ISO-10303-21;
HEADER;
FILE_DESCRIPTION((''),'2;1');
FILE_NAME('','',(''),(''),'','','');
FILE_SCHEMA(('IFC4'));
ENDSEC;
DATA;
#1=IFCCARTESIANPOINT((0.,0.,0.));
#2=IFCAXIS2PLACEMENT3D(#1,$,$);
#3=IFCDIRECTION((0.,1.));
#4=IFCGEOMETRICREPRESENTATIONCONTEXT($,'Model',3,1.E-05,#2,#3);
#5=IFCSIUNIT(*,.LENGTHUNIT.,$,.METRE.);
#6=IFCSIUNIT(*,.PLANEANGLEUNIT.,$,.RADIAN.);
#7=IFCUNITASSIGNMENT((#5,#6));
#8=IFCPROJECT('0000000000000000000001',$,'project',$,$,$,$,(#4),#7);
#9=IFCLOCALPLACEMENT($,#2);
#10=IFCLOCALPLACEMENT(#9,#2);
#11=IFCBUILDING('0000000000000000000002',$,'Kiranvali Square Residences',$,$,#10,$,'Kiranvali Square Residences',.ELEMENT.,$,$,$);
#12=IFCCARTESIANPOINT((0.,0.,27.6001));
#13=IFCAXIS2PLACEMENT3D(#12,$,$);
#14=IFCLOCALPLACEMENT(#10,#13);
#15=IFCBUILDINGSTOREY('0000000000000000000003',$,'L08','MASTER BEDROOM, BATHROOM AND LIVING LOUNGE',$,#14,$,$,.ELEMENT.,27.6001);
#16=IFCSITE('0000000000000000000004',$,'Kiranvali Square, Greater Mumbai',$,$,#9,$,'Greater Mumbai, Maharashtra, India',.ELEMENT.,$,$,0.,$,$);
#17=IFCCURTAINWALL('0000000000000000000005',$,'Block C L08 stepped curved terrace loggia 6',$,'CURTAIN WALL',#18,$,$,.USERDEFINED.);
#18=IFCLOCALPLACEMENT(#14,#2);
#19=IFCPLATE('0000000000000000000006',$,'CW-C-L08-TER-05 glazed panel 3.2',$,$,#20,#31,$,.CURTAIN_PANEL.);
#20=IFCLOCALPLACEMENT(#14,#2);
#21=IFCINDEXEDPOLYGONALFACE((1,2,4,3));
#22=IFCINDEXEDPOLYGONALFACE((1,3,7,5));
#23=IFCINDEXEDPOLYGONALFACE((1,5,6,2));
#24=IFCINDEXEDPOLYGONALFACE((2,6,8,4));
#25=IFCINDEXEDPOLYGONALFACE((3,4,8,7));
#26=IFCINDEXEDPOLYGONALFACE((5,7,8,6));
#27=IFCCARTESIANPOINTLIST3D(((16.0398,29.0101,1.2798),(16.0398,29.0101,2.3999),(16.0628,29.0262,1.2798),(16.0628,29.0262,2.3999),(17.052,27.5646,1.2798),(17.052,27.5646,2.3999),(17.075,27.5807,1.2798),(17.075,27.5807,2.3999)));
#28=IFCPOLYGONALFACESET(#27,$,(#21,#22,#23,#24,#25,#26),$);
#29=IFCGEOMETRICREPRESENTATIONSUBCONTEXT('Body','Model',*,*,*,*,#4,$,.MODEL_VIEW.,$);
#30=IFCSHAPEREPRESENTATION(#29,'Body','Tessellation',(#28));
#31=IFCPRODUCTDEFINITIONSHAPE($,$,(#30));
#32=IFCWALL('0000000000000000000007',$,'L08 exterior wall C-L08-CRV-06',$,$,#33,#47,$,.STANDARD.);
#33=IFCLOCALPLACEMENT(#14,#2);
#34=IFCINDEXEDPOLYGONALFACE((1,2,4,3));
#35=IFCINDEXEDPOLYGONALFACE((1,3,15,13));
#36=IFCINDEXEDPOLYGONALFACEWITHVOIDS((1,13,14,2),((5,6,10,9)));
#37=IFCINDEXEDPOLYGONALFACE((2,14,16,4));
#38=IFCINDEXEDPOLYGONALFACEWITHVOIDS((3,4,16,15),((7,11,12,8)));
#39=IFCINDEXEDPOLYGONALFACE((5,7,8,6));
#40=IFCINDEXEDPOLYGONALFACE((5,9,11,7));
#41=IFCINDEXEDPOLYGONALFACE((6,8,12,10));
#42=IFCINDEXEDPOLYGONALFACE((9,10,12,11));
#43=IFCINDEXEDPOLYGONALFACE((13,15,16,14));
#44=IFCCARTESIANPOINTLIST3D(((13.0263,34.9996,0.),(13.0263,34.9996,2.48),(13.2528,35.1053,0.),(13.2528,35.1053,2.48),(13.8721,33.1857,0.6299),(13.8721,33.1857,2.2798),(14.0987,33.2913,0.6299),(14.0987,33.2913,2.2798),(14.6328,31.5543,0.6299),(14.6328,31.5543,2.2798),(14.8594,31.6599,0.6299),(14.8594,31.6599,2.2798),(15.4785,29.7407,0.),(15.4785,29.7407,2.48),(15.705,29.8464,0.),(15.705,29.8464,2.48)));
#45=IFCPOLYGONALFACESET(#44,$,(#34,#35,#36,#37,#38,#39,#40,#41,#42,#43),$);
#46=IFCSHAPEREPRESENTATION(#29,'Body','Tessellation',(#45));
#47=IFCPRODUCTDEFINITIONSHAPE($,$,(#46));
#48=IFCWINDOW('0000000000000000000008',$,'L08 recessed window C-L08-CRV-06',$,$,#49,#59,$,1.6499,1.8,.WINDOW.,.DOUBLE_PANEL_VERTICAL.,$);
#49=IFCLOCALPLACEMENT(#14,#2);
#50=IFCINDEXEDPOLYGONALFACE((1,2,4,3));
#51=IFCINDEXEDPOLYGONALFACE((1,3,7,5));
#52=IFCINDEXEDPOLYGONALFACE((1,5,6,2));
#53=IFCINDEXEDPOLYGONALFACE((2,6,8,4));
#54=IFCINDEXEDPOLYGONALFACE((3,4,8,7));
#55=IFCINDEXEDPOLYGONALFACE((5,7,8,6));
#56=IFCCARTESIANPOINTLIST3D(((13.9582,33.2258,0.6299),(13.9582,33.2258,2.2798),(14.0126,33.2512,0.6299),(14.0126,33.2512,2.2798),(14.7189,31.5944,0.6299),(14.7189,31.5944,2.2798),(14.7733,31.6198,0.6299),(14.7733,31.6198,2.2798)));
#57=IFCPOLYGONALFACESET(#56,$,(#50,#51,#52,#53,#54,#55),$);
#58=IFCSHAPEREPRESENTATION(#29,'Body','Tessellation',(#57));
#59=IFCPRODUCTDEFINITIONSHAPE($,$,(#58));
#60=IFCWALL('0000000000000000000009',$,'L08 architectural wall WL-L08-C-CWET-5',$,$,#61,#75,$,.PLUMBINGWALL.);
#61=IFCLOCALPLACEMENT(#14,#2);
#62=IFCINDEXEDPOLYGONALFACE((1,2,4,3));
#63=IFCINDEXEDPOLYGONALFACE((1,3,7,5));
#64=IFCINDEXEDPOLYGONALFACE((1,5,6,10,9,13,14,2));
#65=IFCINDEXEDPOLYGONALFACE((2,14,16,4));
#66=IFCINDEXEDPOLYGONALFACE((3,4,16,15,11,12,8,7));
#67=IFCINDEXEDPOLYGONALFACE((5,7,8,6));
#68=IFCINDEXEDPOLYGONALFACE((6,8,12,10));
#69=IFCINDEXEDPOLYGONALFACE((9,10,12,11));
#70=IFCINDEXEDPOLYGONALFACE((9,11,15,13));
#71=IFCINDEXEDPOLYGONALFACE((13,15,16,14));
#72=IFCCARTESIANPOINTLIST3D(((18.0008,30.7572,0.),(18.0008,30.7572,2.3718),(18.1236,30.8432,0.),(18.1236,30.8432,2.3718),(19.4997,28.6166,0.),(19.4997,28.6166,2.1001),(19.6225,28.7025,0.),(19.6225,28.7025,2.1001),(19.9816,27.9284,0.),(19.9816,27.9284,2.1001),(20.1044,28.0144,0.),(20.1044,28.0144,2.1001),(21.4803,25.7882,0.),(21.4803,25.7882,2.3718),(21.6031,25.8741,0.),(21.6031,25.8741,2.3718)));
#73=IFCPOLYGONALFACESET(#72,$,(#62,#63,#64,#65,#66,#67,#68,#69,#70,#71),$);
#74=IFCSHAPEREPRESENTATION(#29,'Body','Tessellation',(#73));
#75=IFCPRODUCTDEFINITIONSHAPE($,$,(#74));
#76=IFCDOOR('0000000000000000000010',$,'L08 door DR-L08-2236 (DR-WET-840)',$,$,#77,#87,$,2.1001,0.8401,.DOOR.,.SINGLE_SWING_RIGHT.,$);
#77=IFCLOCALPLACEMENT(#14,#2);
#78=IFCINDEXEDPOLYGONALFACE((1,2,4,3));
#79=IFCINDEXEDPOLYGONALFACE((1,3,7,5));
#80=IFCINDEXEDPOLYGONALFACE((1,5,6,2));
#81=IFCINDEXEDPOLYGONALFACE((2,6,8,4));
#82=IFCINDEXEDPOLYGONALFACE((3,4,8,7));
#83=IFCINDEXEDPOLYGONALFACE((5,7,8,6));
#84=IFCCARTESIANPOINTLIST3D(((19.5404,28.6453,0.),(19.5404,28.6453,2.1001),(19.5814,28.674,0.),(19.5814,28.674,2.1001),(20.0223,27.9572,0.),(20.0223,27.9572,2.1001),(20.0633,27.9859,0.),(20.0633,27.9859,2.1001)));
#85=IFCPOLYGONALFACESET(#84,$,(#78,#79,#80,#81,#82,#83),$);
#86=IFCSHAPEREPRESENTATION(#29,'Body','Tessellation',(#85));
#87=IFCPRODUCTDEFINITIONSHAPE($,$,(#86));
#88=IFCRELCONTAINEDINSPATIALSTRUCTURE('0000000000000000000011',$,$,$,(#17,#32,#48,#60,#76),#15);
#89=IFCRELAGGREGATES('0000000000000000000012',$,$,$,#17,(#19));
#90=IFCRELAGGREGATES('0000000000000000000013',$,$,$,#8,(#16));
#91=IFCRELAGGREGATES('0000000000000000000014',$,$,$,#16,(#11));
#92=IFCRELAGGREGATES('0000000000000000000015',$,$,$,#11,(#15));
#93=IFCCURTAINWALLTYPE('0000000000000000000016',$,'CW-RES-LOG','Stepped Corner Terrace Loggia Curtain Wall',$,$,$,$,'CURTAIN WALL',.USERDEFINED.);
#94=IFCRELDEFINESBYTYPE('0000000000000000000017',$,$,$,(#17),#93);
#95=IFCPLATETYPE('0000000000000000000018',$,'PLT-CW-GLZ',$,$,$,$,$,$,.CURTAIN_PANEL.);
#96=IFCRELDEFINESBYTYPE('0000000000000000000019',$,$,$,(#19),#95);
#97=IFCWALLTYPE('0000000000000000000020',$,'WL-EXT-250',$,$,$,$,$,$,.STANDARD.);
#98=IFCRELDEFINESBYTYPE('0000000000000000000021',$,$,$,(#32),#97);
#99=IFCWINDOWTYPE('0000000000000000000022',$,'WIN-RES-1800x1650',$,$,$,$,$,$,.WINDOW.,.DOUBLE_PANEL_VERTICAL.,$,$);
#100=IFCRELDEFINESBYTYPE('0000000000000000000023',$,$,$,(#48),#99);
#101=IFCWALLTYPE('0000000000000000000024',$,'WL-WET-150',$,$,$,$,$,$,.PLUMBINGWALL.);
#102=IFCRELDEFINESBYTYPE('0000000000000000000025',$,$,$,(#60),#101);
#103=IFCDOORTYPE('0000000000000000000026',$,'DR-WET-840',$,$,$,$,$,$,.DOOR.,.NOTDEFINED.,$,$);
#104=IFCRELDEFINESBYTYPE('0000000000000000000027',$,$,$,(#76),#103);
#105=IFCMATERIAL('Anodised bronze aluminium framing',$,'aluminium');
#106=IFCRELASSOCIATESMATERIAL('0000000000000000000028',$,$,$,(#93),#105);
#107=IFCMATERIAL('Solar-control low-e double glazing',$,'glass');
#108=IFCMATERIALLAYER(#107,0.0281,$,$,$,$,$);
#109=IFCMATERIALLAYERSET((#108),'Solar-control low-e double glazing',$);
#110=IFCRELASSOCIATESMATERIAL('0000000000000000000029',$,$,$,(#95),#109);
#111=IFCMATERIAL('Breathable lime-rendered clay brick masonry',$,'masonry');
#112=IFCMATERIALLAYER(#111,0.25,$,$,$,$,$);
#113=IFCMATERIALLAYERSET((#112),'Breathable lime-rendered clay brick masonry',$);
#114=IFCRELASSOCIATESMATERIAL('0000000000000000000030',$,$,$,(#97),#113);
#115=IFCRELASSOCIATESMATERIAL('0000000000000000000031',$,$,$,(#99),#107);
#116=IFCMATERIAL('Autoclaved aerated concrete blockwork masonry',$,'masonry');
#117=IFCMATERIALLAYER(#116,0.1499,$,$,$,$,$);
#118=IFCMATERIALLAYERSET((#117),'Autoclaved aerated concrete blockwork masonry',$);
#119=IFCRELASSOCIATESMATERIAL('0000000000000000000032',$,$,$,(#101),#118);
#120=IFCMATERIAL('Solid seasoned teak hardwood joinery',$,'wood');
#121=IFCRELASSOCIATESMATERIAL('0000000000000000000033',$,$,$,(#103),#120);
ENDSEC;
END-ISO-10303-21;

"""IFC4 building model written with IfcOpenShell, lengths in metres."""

from ifc_helpers import new_model, si_unit, direction, frame, frame_2d, origin, origin_2d, place, context, subcontext, project, spatial, rectangle, extrude, material, layer, layer_set, type_object, element, fill, aggregate, save


model = new_model("IFC4")

# Units and contexts
model_context = context("Model", 3, precision=1e-05, world=origin(), true_north=direction((0.0, 1.0)))
body_context = subcontext(model_context, "Body", "Model", "MODEL_VIEW")
ifc_project = project(units=[si_unit("LENGTHUNIT", "METRE"), si_unit("PLANEANGLEUNIT", "RADIAN")], contexts=[model_context])

# Site, building, storey
site_placement = place(None, origin())
site = spatial("IfcSite", under=ifc_project, at=site_placement, Name="Kiranvali Square, Greater Mumbai", LongName="Greater Mumbai, Maharashtra, India", CompositionType="ELEMENT", RefElevation=0.0)
building_placement = place(site_placement, origin())
building = spatial("IfcBuilding", under=site, at=building_placement, Name="Kiranvali Square Residences", LongName="Kiranvali Square Residences", CompositionType="ELEMENT")
storey_placement = place(building_placement, frame((0.0, 0.0, 27.6001)))
storey = spatial("IfcBuildingStorey", under=building, at=storey_placement, Name="L08", Description="MASTER BEDROOM, BATHROOM AND LIVING LOUNGE", CompositionType="ELEMENT", Elevation=27.6001)

# Curtain wall
ifc_material_1 = material(Name="Anodised bronze aluminium framing", Category="aluminium")
curtain_wall_type = type_object("IfcCurtainWallType", Name="CW-RES-LOG", Description="Stepped Corner Terrace Loggia Curtain Wall", ElementType="CURTAIN WALL", PredefinedType="USERDEFINED", material=ifc_material_1)
curtain_wall_placement = place(storey_placement, origin())
curtain_wall = element("IfcCurtainWall", 1, at=curtain_wall_placement, inside=storey, type_object=curtain_wall_type, Name="Block C L08 stepped curved terrace loggia 6", ObjectType="CURTAIN WALL", PredefinedType="USERDEFINED")

# Plate
ifc_material_2 = material(Name="Solar-control low-e double glazing", Category="glass")
ifc_layer_1 = layer(ifc_material_2, 0.0281)
ifc_layer_set_1 = layer_set([ifc_layer_1], Name="Solar-control low-e double glazing")
plate_type = type_object("IfcPlateType", Name="PLT-CW-GLZ", PredefinedType="CURTAIN_PANEL", material=ifc_layer_set_1)
plate_1_placement = place(storey_placement, frame((16.5574, 28.2954, 1.2798), z_axis=(0.0, 0.0, 1.0), x_axis=(-0.573576, 0.819152, 0.0)))
plate_1 = element("IfcPlate", 2, at=plate_1_placement, type_object=plate_type, Name="CW-C-L08-TER-05 glazed panel 3.2", PredefinedType="CURTAIN_PANEL", context=body_context, shape_type="SweptSolid", body=[
    extrude(rectangle(XDim=1.7646, YDim=0.0281, at=origin_2d()), origin(), (0.0, 0.0, 1.0), 1.1201),
])
aggregate(curtain_wall, [plate_1])

# Wall, opening, window
ifc_material_3 = material(Name="Breathable lime-rendered clay brick masonry", Category="masonry")
ifc_layer_2 = layer(ifc_material_3, 0.25)
ifc_layer_set_2 = layer_set([ifc_layer_2], Name="Breathable lime-rendered clay brick masonry")
wall_type_1 = type_object("IfcWallType", Name="WL-EXT-250", PredefinedType="STANDARD", material=ifc_layer_set_2)
wall_1_placement = place(storey_placement, frame((15.5918, 29.7935, 0.0), z_axis=(0.0, 0.0, 1.0), x_axis=(-0.422609, 0.906312, 0.0)))
wall_1 = element("IfcWall", 3, at=wall_1_placement, inside=storey, type_object=wall_type_1, Name="L08 exterior wall C-L08-CRV-06", PredefinedType="STANDARD", context=body_context, shape_type="SweptSolid", body=[
    extrude(rectangle(XDim=5.8025, YDim=0.25, at=frame_2d((2.9014, 0.0))), origin(), (0.0, 0.0, 1.0), 2.48),
])
opening_1_placement = place(wall_1_placement, frame((2.0012, 0.0, 0.6299)))
opening_1 = element("IfcOpeningElement", 4, at=opening_1_placement, cuts=wall_1, PredefinedType="OPENING", context=body_context, shape_type="SweptSolid", body=[
    extrude(rectangle(XDim=1.8, YDim=1.6499, at=frame_2d((0.8999, 0.825))), frame((0.0, 0.135, 0.0), z_axis=(0.0, -1.0, 0.0), x_axis=(1.0, 0.0, 0.0)), (0.0, 0.0, 1.0), 0.27),
])
window_type = type_object("IfcWindowType", Name="WIN-RES-1800x1650", PartitioningType="DOUBLE_PANEL_VERTICAL", PredefinedType="WINDOW", material=ifc_material_2)
window_placement = place(opening_1_placement, origin())
window = element("IfcWindow", 5, at=window_placement, inside=storey, type_object=window_type, Name="L08 recessed window C-L08-CRV-06", OverallHeight=1.6499, OverallWidth=1.8, PartitioningType="DOUBLE_PANEL_VERTICAL", PredefinedType="WINDOW", context=body_context, shape_type="SweptSolid", body=[
    extrude(rectangle(XDim=1.8, YDim=1.6499, at=frame_2d((0.8999, 0.825))), frame((0.0, 0.03, 0.0), z_axis=(0.0, -1.0, 0.0), x_axis=(1.0, 0.0, 0.0)), (0.0, 0.0, 1.0), 0.0601),
])
fill(opening_1, window)

# Wall, opening, door
ifc_material_4 = material(Name="Autoclaved aerated concrete blockwork masonry", Category="masonry")
ifc_layer_3 = layer(ifc_material_4, 0.1499)
ifc_layer_set_3 = layer_set([ifc_layer_3], Name="Autoclaved aerated concrete blockwork masonry")
wall_type_2 = type_object("IfcWallType", Name="WL-WET-150", PredefinedType="PLUMBINGWALL", material=ifc_layer_set_3)
wall_2_placement = place(storey_placement, frame((21.5417, 25.8311, 0.0), z_axis=(0.0, 0.0, 1.0), x_axis=(-0.573595, 0.819139, 0.0)))
wall_2 = element("IfcWall", 6, at=wall_2_placement, inside=storey, type_object=wall_type_2, Name="L08 architectural wall WL-L08-C-CWET-5", PredefinedType="PLUMBINGWALL", context=body_context, shape_type="SweptSolid", body=[
    extrude(rectangle(XDim=6.0662, YDim=0.1499, at=frame_2d((3.0332, 0.0))), origin(), (0.0, 0.0, 1.0), 2.3718),
])
opening_2_placement = place(wall_2_placement, frame((2.613, 0.0, 0.0)))
opening_2 = element("IfcOpeningElement", 7, at=opening_2_placement, cuts=wall_2, PredefinedType="OPENING", context=body_context, shape_type="SweptSolid", body=[
    extrude(rectangle(XDim=0.8401, YDim=2.1001, at=frame_2d((0.4199, 1.05))), frame((0.0, 0.085, 0.0), z_axis=(0.0, -1.0, 0.0), x_axis=(1.0, 0.0, 0.0)), (0.0, 0.0, 1.0), 0.1699),
])
ifc_material_5 = material(Name="Solid seasoned teak hardwood joinery", Category="wood")
door_type = type_object("IfcDoorType", Name="DR-WET-840", OperationType="NOTDEFINED", PredefinedType="DOOR", material=ifc_material_5)
door_placement = place(opening_2_placement, frame((0.8401, 0.0, 0.0), z_axis=(0.0, 0.0, 1.0), x_axis=(-1.0, 0.0, 0.0)))
door = element("IfcDoor", 8, at=door_placement, inside=storey, type_object=door_type, Name="L08 door DR-L08-2236 (DR-WET-840)", OperationType="SINGLE_SWING_RIGHT", OverallHeight=2.1001, OverallWidth=0.8401, PredefinedType="DOOR", context=body_context, shape_type="SweptSolid", body=[
    extrude(rectangle(XDim=0.8401, YDim=2.1001, at=frame_2d((0.4199, 1.05))), frame((0.0, 0.0249, 0.0), z_axis=(0.0, -1.0, 0.0), x_axis=(1.0, 0.0, 0.0)), (0.0, 0.0, 1.0), 0.05),
])
fill(opening_2, door)

save(model, "model.ifc")
